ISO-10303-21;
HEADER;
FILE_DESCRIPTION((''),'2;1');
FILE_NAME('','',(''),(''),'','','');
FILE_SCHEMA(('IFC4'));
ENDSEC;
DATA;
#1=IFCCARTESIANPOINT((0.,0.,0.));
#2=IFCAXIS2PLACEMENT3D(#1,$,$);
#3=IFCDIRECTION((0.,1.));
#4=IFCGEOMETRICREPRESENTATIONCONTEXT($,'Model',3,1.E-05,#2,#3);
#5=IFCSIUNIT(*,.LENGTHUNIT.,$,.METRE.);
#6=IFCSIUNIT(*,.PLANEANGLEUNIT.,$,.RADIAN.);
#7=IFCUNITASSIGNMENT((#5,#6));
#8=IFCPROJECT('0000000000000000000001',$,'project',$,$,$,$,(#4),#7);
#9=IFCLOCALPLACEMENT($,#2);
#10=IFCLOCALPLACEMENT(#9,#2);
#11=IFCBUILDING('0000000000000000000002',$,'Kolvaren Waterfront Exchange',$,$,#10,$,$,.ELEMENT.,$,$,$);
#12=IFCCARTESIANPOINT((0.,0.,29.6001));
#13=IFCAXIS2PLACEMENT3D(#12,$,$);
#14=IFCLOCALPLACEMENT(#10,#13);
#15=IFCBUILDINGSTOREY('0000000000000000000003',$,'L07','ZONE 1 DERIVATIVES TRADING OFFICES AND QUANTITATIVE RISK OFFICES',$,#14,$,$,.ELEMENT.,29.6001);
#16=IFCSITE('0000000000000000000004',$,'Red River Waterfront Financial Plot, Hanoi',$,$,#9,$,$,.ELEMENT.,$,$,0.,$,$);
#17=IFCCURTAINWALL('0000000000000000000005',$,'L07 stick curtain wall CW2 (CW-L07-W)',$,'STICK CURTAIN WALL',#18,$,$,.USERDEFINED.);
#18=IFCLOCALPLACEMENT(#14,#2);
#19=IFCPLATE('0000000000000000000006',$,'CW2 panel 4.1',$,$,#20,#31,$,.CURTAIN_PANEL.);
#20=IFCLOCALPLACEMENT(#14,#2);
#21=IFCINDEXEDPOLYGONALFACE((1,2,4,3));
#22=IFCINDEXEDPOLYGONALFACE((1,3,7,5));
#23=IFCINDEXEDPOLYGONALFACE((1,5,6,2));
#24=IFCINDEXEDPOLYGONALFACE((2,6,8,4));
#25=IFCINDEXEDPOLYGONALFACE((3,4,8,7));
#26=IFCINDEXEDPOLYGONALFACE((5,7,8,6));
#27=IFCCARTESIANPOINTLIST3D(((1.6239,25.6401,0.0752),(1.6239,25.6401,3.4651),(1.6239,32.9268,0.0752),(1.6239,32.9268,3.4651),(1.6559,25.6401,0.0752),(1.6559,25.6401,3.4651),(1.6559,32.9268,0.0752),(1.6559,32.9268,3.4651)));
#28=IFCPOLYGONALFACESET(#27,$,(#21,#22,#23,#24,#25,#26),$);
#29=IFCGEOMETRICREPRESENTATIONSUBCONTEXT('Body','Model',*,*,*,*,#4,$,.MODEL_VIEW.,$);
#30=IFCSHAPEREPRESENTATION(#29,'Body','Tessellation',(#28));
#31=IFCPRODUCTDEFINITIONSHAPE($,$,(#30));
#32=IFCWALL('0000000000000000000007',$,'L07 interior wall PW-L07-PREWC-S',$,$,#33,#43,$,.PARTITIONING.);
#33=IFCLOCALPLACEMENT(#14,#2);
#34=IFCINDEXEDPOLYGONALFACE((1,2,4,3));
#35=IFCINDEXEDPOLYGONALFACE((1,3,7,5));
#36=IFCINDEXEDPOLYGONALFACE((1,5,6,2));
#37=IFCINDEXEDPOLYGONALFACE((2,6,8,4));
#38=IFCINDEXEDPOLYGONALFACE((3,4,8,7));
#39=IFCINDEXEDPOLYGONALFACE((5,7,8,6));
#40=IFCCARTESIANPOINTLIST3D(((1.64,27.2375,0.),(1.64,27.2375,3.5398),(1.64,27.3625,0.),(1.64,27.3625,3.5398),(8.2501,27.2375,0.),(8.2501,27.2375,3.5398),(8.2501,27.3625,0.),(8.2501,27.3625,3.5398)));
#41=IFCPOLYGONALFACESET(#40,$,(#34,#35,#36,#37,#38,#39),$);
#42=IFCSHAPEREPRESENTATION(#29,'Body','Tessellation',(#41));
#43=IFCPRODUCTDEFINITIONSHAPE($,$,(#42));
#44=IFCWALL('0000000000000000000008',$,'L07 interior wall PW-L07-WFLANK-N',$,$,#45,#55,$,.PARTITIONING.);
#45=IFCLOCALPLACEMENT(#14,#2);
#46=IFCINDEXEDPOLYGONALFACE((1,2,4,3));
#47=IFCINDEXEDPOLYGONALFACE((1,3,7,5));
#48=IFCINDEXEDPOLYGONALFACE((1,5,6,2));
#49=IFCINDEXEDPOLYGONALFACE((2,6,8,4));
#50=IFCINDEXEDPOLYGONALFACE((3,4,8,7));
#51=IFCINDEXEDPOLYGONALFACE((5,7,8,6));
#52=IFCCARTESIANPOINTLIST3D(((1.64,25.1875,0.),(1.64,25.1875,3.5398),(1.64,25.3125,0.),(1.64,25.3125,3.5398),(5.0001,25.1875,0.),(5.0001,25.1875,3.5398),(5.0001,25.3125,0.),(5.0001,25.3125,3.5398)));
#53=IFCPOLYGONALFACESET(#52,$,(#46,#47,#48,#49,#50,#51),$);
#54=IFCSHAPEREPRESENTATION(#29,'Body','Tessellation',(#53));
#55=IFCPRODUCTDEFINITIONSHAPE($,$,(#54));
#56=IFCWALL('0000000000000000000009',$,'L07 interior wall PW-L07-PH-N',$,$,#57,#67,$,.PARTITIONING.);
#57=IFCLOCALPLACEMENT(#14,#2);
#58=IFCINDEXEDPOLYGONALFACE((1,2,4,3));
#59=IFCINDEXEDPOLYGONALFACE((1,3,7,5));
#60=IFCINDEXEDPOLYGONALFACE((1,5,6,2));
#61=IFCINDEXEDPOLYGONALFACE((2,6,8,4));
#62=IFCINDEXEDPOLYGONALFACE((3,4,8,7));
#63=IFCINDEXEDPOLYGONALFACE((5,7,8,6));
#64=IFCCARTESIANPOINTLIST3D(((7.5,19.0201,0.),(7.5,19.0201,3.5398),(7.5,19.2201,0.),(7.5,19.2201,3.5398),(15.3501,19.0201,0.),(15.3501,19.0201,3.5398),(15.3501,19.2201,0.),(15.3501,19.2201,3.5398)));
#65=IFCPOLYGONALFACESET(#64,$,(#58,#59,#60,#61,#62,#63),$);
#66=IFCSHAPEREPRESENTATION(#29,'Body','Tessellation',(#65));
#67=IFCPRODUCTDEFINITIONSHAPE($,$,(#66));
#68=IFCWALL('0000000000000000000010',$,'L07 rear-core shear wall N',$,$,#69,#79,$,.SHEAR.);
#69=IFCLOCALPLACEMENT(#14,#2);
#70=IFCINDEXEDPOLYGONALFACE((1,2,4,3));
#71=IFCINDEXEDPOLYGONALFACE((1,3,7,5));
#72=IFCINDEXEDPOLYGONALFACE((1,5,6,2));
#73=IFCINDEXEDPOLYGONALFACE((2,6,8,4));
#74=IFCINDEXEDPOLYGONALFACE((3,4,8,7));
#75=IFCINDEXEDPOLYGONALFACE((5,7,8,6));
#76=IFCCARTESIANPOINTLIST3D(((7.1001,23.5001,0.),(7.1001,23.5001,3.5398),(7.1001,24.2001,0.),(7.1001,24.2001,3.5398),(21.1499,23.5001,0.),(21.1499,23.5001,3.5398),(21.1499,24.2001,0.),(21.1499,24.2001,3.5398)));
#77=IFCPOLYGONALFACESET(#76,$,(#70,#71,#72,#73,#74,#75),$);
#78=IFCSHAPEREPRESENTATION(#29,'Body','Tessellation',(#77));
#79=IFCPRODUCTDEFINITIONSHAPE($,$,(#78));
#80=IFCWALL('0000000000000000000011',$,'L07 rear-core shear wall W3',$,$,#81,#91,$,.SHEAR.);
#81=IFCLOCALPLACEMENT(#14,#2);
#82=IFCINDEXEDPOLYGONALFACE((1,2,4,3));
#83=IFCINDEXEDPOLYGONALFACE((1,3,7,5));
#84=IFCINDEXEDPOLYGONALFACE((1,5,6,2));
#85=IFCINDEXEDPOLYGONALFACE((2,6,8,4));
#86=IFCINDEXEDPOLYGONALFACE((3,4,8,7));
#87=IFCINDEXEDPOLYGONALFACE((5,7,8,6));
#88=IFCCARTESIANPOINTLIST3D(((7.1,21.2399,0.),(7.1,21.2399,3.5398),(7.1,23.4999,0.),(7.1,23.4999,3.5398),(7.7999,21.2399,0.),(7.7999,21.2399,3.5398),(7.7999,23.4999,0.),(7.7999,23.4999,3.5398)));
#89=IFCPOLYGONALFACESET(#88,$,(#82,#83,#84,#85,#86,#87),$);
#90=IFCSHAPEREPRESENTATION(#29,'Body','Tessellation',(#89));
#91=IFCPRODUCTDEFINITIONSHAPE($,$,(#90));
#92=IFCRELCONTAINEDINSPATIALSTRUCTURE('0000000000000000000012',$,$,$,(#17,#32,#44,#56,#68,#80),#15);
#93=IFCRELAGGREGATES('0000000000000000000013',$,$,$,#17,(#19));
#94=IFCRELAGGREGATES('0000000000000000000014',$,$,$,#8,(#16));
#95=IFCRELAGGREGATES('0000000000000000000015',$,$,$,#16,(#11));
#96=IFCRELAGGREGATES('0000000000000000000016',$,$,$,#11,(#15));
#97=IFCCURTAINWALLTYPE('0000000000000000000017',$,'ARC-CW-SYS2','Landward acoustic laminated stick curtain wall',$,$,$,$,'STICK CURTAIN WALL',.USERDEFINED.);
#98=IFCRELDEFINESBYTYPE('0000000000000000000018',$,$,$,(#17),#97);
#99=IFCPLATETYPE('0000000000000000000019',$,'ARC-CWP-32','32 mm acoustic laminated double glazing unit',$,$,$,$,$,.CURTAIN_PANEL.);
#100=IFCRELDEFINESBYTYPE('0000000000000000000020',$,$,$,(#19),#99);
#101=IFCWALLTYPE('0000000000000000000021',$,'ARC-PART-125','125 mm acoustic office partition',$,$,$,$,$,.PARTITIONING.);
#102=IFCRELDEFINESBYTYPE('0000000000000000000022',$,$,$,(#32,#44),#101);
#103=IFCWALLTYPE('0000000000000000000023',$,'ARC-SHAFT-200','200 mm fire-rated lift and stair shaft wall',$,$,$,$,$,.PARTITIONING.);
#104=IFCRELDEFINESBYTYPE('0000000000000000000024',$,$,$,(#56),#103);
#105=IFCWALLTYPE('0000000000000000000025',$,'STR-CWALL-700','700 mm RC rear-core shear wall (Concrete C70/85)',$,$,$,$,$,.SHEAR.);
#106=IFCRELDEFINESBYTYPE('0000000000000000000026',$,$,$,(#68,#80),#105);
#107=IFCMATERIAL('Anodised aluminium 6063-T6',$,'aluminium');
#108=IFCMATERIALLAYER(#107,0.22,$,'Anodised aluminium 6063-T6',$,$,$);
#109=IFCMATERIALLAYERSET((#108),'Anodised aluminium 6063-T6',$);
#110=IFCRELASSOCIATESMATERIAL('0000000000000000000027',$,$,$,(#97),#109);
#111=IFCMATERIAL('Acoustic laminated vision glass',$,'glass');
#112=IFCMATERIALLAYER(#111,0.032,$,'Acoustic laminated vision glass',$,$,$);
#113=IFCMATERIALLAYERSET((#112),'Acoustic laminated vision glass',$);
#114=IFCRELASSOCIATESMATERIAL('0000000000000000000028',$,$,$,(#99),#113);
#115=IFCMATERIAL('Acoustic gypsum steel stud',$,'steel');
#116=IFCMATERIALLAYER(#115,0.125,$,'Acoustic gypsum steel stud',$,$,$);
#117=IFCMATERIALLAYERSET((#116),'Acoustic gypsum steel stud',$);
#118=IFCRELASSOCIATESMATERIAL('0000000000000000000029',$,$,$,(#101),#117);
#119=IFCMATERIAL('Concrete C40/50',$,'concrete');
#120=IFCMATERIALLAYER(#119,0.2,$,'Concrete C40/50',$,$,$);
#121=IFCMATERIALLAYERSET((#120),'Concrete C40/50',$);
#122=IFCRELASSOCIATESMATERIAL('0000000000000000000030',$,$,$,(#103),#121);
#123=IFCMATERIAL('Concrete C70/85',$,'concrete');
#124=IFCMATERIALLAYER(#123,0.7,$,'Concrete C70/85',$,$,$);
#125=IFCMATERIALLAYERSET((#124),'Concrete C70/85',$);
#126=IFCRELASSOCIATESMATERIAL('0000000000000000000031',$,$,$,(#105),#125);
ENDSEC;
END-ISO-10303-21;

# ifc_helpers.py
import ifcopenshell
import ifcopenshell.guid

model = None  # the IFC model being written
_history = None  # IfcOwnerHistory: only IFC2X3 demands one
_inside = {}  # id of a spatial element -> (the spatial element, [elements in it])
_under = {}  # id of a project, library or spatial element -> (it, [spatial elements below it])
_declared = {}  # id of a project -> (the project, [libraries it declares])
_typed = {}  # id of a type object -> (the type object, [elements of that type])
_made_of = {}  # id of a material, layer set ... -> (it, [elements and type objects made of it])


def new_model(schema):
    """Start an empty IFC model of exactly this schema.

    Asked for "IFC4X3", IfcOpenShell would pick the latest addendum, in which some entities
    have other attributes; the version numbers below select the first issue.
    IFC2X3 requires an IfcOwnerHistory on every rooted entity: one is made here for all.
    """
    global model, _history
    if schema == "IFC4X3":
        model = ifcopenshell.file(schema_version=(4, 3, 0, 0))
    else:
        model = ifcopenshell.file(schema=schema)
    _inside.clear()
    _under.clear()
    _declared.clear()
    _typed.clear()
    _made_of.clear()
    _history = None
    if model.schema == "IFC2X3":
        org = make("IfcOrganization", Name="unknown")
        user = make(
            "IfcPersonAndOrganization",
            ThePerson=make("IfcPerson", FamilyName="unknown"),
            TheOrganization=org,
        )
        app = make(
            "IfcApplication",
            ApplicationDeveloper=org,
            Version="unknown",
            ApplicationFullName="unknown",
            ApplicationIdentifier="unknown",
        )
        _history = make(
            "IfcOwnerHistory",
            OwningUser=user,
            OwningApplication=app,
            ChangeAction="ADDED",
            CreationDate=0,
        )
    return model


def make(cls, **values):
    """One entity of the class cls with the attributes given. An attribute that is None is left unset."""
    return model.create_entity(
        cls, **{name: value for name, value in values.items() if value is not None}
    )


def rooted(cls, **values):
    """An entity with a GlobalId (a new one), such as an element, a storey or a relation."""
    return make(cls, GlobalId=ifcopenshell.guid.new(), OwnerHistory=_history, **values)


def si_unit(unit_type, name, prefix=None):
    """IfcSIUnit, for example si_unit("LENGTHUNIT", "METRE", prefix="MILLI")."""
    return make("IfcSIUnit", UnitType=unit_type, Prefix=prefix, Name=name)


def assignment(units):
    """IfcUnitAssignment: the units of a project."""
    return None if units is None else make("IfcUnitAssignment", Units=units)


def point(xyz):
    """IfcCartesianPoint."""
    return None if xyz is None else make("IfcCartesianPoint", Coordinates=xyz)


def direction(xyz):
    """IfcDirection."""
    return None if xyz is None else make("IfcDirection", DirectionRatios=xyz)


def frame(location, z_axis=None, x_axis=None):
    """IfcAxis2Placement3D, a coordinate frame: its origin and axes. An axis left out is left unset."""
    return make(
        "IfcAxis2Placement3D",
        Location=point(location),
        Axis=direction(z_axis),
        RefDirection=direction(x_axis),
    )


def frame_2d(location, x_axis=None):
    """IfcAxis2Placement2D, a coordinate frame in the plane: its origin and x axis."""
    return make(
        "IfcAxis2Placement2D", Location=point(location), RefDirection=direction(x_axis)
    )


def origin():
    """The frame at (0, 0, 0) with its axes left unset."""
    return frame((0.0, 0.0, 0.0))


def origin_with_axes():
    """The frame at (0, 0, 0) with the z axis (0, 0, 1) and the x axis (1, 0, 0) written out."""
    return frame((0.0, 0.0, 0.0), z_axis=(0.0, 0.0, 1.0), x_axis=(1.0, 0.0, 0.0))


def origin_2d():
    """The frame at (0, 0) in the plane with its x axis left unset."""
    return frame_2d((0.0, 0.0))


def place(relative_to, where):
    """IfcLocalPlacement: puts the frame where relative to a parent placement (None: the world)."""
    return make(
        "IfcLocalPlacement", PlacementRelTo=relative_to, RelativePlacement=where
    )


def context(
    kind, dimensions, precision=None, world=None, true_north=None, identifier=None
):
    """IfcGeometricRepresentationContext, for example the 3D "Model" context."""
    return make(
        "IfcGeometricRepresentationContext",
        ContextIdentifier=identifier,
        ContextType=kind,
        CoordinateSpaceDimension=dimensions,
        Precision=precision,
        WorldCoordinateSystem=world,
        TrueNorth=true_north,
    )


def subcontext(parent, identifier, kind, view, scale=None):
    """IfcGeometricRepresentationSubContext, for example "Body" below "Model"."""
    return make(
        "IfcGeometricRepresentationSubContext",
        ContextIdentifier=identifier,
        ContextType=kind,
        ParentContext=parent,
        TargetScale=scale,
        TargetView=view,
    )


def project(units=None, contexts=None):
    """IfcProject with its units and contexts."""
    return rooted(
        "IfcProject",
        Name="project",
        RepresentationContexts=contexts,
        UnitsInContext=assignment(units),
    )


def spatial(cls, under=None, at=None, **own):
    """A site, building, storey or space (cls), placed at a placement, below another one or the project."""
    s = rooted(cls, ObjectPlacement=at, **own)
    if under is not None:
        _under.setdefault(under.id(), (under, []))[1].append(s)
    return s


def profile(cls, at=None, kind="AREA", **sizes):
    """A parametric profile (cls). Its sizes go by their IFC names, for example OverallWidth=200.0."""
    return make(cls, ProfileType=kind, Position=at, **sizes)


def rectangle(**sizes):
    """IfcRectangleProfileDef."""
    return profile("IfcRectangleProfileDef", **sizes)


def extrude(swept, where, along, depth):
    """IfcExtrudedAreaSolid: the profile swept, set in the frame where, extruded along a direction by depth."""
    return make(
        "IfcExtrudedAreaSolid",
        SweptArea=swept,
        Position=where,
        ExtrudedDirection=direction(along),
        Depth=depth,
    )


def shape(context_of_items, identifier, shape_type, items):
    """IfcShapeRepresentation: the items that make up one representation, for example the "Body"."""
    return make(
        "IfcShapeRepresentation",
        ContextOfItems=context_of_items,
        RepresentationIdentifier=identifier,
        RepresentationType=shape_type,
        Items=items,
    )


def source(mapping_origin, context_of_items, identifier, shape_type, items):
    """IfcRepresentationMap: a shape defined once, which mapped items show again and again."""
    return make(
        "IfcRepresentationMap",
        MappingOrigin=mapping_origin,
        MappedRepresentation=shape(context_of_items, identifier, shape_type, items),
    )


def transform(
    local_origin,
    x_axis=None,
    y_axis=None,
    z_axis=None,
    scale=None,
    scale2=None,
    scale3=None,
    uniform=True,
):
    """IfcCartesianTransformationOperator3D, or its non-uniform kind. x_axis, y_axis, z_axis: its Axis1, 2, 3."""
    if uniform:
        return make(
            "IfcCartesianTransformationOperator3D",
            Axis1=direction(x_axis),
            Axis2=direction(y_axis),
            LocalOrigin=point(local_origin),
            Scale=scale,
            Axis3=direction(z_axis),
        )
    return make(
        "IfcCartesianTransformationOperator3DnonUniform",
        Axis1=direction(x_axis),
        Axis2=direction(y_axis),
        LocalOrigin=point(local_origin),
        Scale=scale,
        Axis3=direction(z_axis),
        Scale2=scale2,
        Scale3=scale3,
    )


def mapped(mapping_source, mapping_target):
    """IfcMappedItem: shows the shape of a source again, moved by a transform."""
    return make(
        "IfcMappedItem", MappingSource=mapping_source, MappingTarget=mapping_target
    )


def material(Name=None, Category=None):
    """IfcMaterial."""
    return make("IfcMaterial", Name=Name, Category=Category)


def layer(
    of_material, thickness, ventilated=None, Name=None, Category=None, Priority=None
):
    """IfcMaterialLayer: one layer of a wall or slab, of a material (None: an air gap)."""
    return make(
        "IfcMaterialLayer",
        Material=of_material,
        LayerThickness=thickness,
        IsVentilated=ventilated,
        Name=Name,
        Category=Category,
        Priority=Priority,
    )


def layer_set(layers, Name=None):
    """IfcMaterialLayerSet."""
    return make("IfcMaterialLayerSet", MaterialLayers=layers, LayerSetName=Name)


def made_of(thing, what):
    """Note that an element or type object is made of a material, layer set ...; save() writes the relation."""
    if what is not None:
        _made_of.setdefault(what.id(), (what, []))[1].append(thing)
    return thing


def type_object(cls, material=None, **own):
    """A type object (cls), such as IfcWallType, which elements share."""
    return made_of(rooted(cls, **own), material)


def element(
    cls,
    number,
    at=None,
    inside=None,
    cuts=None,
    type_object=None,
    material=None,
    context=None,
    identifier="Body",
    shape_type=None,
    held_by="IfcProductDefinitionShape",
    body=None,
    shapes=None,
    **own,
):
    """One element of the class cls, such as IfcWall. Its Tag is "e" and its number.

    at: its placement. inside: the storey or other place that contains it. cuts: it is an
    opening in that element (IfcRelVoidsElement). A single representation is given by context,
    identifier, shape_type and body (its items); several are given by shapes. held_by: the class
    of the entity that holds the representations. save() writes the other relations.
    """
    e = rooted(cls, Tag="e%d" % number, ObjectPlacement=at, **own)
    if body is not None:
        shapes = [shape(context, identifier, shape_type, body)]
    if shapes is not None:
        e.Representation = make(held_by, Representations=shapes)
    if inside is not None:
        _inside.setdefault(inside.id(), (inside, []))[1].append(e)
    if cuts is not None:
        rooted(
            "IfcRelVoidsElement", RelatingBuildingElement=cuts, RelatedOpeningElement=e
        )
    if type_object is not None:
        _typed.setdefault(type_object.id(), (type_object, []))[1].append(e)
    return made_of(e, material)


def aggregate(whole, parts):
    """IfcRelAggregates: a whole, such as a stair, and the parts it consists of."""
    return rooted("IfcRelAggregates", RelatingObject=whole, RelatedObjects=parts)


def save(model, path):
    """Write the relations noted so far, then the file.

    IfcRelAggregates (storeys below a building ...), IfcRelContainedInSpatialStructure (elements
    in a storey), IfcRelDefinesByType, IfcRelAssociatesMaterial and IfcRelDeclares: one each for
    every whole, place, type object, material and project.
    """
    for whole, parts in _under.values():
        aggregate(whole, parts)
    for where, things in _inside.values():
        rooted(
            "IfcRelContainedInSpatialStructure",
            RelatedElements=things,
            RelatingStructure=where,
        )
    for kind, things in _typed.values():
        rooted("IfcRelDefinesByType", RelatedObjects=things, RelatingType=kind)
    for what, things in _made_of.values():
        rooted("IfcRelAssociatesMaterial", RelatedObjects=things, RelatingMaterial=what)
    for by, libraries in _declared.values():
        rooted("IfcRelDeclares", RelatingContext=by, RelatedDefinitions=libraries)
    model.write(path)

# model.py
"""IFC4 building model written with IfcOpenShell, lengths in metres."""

from ifc_helpers import new_model, si_unit, direction, frame, frame_2d, origin, origin_with_axes, origin_2d, place, context, subcontext, project, spatial, rectangle, extrude, source, transform, mapped, material, layer, layer_set, type_object, element, aggregate, save


model = new_model("IFC4")

# Units and contexts
model_context = context("Model", 3, precision=1e-05, world=origin(), true_north=direction((0.0, 1.0)))
body_context = subcontext(model_context, "Body", "Model", "MODEL_VIEW")
ifc_project = project(units=[si_unit("LENGTHUNIT", "METRE"), si_unit("PLANEANGLEUNIT", "RADIAN")], contexts=[model_context])

# Site, building, storey
site_placement = place(None, origin())
site = spatial("IfcSite", under=ifc_project, at=site_placement, Name="Red River Waterfront Financial Plot, Hanoi", CompositionType="ELEMENT", RefElevation=0.0)
building_placement = place(site_placement, origin())
building = spatial("IfcBuilding", under=site, at=building_placement, Name="Kolvaren Waterfront Exchange", CompositionType="ELEMENT")
storey_placement = place(building_placement, frame((0.0, 0.0, 29.6001)))
storey = spatial("IfcBuildingStorey", under=building, at=storey_placement, Name="L07", Description="ZONE 1 DERIVATIVES TRADING OFFICES AND QUANTITATIVE RISK OFFICES", CompositionType="ELEMENT", Elevation=29.6001)

# Shared definitions
ifc_material_1 = material(Name="Concrete C70/85", Category="concrete")

# Curtain wall, plate
ifc_material_2 = material(Name="Anodised aluminium 6063-T6", Category="aluminium")
ifc_layer_1 = layer(ifc_material_2, 0.22, Name="Anodised aluminium 6063-T6")
ifc_layer_set_1 = layer_set([ifc_layer_1], Name="Anodised aluminium 6063-T6")
curtain_wall_type = type_object("IfcCurtainWallType", Name="ARC-CW-SYS2", Description="Landward acoustic laminated stick curtain wall", ElementType="STICK CURTAIN WALL", PredefinedType="USERDEFINED", material=ifc_layer_set_1)
curtain_wall_placement = place(storey_placement, origin())
curtain_wall = element("IfcCurtainWall", 1, at=curtain_wall_placement, inside=storey, type_object=curtain_wall_type, Name="L07 stick curtain wall CW2 (CW-L07-W)", ObjectType="STICK CURTAIN WALL", PredefinedType="USERDEFINED")
ifc_material_3 = material(Name="Acoustic laminated vision glass", Category="glass")
ifc_layer_2 = layer(ifc_material_3, 0.032, Name="Acoustic laminated vision glass")
ifc_layer_set_2 = layer_set([ifc_layer_2], Name="Acoustic laminated vision glass")
plate_type = type_object("IfcPlateType", Name="ARC-CWP-32", Description="32 mm acoustic laminated double glazing unit", PredefinedType="CURTAIN_PANEL", material=ifc_layer_set_2)
shared_shape_1 = source(origin_with_axes(), body_context, "Body", "SweptSolid", [
    extrude(rectangle(XDim=7.2866, YDim=0.032, at=origin_2d()), origin(), (0.0, 0.0, 1.0), 3.3899),
])
plate_1_placement = place(storey_placement, frame((1.6399, 29.2834, 0.0752), z_axis=(0.0, 0.0, 1.0), x_axis=(0.0, 1.0, 0.0)))
plate_1 = element("IfcPlate", 2, at=plate_1_placement, type_object=plate_type, Name="CW2 panel 4.1", PredefinedType="CURTAIN_PANEL", context=body_context, shape_type="MappedRepresentation", body=[
    mapped(shared_shape_1, transform((0.0, 0.0, 0.0), x_axis=(1.0, 0.0, 0.0), y_axis=(0.0, 1.0, 0.0), z_axis=(0.0, 0.0, 1.0), scale=1.0)),
])
aggregate(curtain_wall, [plate_1])

# Walls
ifc_material_4 = material(Name="Acoustic gypsum steel stud", Category="steel")
ifc_layer_3 = layer(ifc_material_4, 0.125, Name="Acoustic gypsum steel stud")
ifc_layer_set_3 = layer_set([ifc_layer_3], Name="Acoustic gypsum steel stud")
wall_type_1 = type_object("IfcWallType", Name="ARC-PART-125", Description="125 mm acoustic office partition", PredefinedType="PARTITIONING", material=ifc_layer_set_3)
wall_1_placement = place(storey_placement, frame((1.6399, 27.3, 0.0), z_axis=(0.0, 0.0, 1.0), x_axis=(1.0, 0.0, 0.0)))
element("IfcWall", 3, at=wall_1_placement, inside=storey, type_object=wall_type_1, Name="L07 interior wall PW-L07-PREWC-S", PredefinedType="PARTITIONING", context=body_context, shape_type="SweptSolid", body=[
    extrude(rectangle(XDim=6.6101, YDim=0.125, at=frame_2d((3.3052, 0.0))), origin(), (0.0, 0.0, 1.0), 3.5398),
])
wall_2_placement = place(storey_placement, frame((1.6399, 25.25, 0.0), z_axis=(0.0, 0.0, 1.0), x_axis=(1.0, 0.0, 0.0)))
element("IfcWall", 4, at=wall_2_placement, inside=storey, type_object=wall_type_1, Name="L07 interior wall PW-L07-WFLANK-N", PredefinedType="PARTITIONING", context=body_context, shape_type="SweptSolid", body=[
    extrude(rectangle(XDim=3.3601, YDim=0.125, at=frame_2d((1.6802, 0.0))), origin(), (0.0, 0.0, 1.0), 3.5398),
])
ifc_material_5 = material(Name="Concrete C40/50", Category="concrete")
ifc_layer_4 = layer(ifc_material_5, 0.2, Name="Concrete C40/50")
ifc_layer_set_4 = layer_set([ifc_layer_4], Name="Concrete C40/50")
wall_type_2 = type_object("IfcWallType", Name="ARC-SHAFT-200", Description="200 mm fire-rated lift and stair shaft wall", PredefinedType="PARTITIONING", material=ifc_layer_set_4)
wall_3_placement = place(storey_placement, frame((7.5, 19.1201, 0.0), z_axis=(0.0, 0.0, 1.0), x_axis=(1.0, 0.0, 0.0)))
element("IfcWall", 5, at=wall_3_placement, inside=storey, type_object=wall_type_2, Name="L07 interior wall PW-L07-PH-N", PredefinedType="PARTITIONING", context=body_context, shape_type="SweptSolid", body=[
    extrude(rectangle(XDim=7.8501, YDim=0.2, at=frame_2d((3.925, 0.0))), origin(), (0.0, 0.0, 1.0), 3.5398),
])
ifc_layer_5 = layer(ifc_material_1, 0.7, Name="Concrete C70/85")
ifc_layer_set_5 = layer_set([ifc_layer_5], Name="Concrete C70/85")
wall_type_3 = type_object("IfcWallType", Name="STR-CWALL-700", Description="700 mm RC rear-core shear wall (Concrete C70/85)", PredefinedType="SHEAR", material=ifc_layer_set_5)
wall_4_placement = place(storey_placement, frame((7.1001, 23.8501, 0.0), z_axis=(0.0, 0.0, 1.0), x_axis=(1.0, 0.0, 0.0)))
element("IfcWall", 6, at=wall_4_placement, inside=storey, type_object=wall_type_3, Name="L07 rear-core shear wall N", PredefinedType="SHEAR", context=body_context, shape_type="SweptSolid", body=[
    extrude(rectangle(XDim=14.0498, YDim=0.7, at=frame_2d((7.0249, 0.0))), origin(), (0.0, 0.0, 1.0), 3.5398),
])
wall_5_placement = place(storey_placement, frame((7.45, 21.24, 0.0), z_axis=(0.0, 0.0, 1.0), x_axis=(0.0, 1.0, 0.0)))
element("IfcWall", 7, at=wall_5_placement, inside=storey, type_object=wall_type_3, Name="L07 rear-core shear wall W3", PredefinedType="SHEAR", context=body_context, shape_type="SweptSolid", body=[
    extrude(rectangle(XDim=2.26, YDim=0.7, at=frame_2d((1.1299, 0.0))), origin(), (0.0, 0.0, 1.0), 3.5398),
])

save(model, "model.ifc")
